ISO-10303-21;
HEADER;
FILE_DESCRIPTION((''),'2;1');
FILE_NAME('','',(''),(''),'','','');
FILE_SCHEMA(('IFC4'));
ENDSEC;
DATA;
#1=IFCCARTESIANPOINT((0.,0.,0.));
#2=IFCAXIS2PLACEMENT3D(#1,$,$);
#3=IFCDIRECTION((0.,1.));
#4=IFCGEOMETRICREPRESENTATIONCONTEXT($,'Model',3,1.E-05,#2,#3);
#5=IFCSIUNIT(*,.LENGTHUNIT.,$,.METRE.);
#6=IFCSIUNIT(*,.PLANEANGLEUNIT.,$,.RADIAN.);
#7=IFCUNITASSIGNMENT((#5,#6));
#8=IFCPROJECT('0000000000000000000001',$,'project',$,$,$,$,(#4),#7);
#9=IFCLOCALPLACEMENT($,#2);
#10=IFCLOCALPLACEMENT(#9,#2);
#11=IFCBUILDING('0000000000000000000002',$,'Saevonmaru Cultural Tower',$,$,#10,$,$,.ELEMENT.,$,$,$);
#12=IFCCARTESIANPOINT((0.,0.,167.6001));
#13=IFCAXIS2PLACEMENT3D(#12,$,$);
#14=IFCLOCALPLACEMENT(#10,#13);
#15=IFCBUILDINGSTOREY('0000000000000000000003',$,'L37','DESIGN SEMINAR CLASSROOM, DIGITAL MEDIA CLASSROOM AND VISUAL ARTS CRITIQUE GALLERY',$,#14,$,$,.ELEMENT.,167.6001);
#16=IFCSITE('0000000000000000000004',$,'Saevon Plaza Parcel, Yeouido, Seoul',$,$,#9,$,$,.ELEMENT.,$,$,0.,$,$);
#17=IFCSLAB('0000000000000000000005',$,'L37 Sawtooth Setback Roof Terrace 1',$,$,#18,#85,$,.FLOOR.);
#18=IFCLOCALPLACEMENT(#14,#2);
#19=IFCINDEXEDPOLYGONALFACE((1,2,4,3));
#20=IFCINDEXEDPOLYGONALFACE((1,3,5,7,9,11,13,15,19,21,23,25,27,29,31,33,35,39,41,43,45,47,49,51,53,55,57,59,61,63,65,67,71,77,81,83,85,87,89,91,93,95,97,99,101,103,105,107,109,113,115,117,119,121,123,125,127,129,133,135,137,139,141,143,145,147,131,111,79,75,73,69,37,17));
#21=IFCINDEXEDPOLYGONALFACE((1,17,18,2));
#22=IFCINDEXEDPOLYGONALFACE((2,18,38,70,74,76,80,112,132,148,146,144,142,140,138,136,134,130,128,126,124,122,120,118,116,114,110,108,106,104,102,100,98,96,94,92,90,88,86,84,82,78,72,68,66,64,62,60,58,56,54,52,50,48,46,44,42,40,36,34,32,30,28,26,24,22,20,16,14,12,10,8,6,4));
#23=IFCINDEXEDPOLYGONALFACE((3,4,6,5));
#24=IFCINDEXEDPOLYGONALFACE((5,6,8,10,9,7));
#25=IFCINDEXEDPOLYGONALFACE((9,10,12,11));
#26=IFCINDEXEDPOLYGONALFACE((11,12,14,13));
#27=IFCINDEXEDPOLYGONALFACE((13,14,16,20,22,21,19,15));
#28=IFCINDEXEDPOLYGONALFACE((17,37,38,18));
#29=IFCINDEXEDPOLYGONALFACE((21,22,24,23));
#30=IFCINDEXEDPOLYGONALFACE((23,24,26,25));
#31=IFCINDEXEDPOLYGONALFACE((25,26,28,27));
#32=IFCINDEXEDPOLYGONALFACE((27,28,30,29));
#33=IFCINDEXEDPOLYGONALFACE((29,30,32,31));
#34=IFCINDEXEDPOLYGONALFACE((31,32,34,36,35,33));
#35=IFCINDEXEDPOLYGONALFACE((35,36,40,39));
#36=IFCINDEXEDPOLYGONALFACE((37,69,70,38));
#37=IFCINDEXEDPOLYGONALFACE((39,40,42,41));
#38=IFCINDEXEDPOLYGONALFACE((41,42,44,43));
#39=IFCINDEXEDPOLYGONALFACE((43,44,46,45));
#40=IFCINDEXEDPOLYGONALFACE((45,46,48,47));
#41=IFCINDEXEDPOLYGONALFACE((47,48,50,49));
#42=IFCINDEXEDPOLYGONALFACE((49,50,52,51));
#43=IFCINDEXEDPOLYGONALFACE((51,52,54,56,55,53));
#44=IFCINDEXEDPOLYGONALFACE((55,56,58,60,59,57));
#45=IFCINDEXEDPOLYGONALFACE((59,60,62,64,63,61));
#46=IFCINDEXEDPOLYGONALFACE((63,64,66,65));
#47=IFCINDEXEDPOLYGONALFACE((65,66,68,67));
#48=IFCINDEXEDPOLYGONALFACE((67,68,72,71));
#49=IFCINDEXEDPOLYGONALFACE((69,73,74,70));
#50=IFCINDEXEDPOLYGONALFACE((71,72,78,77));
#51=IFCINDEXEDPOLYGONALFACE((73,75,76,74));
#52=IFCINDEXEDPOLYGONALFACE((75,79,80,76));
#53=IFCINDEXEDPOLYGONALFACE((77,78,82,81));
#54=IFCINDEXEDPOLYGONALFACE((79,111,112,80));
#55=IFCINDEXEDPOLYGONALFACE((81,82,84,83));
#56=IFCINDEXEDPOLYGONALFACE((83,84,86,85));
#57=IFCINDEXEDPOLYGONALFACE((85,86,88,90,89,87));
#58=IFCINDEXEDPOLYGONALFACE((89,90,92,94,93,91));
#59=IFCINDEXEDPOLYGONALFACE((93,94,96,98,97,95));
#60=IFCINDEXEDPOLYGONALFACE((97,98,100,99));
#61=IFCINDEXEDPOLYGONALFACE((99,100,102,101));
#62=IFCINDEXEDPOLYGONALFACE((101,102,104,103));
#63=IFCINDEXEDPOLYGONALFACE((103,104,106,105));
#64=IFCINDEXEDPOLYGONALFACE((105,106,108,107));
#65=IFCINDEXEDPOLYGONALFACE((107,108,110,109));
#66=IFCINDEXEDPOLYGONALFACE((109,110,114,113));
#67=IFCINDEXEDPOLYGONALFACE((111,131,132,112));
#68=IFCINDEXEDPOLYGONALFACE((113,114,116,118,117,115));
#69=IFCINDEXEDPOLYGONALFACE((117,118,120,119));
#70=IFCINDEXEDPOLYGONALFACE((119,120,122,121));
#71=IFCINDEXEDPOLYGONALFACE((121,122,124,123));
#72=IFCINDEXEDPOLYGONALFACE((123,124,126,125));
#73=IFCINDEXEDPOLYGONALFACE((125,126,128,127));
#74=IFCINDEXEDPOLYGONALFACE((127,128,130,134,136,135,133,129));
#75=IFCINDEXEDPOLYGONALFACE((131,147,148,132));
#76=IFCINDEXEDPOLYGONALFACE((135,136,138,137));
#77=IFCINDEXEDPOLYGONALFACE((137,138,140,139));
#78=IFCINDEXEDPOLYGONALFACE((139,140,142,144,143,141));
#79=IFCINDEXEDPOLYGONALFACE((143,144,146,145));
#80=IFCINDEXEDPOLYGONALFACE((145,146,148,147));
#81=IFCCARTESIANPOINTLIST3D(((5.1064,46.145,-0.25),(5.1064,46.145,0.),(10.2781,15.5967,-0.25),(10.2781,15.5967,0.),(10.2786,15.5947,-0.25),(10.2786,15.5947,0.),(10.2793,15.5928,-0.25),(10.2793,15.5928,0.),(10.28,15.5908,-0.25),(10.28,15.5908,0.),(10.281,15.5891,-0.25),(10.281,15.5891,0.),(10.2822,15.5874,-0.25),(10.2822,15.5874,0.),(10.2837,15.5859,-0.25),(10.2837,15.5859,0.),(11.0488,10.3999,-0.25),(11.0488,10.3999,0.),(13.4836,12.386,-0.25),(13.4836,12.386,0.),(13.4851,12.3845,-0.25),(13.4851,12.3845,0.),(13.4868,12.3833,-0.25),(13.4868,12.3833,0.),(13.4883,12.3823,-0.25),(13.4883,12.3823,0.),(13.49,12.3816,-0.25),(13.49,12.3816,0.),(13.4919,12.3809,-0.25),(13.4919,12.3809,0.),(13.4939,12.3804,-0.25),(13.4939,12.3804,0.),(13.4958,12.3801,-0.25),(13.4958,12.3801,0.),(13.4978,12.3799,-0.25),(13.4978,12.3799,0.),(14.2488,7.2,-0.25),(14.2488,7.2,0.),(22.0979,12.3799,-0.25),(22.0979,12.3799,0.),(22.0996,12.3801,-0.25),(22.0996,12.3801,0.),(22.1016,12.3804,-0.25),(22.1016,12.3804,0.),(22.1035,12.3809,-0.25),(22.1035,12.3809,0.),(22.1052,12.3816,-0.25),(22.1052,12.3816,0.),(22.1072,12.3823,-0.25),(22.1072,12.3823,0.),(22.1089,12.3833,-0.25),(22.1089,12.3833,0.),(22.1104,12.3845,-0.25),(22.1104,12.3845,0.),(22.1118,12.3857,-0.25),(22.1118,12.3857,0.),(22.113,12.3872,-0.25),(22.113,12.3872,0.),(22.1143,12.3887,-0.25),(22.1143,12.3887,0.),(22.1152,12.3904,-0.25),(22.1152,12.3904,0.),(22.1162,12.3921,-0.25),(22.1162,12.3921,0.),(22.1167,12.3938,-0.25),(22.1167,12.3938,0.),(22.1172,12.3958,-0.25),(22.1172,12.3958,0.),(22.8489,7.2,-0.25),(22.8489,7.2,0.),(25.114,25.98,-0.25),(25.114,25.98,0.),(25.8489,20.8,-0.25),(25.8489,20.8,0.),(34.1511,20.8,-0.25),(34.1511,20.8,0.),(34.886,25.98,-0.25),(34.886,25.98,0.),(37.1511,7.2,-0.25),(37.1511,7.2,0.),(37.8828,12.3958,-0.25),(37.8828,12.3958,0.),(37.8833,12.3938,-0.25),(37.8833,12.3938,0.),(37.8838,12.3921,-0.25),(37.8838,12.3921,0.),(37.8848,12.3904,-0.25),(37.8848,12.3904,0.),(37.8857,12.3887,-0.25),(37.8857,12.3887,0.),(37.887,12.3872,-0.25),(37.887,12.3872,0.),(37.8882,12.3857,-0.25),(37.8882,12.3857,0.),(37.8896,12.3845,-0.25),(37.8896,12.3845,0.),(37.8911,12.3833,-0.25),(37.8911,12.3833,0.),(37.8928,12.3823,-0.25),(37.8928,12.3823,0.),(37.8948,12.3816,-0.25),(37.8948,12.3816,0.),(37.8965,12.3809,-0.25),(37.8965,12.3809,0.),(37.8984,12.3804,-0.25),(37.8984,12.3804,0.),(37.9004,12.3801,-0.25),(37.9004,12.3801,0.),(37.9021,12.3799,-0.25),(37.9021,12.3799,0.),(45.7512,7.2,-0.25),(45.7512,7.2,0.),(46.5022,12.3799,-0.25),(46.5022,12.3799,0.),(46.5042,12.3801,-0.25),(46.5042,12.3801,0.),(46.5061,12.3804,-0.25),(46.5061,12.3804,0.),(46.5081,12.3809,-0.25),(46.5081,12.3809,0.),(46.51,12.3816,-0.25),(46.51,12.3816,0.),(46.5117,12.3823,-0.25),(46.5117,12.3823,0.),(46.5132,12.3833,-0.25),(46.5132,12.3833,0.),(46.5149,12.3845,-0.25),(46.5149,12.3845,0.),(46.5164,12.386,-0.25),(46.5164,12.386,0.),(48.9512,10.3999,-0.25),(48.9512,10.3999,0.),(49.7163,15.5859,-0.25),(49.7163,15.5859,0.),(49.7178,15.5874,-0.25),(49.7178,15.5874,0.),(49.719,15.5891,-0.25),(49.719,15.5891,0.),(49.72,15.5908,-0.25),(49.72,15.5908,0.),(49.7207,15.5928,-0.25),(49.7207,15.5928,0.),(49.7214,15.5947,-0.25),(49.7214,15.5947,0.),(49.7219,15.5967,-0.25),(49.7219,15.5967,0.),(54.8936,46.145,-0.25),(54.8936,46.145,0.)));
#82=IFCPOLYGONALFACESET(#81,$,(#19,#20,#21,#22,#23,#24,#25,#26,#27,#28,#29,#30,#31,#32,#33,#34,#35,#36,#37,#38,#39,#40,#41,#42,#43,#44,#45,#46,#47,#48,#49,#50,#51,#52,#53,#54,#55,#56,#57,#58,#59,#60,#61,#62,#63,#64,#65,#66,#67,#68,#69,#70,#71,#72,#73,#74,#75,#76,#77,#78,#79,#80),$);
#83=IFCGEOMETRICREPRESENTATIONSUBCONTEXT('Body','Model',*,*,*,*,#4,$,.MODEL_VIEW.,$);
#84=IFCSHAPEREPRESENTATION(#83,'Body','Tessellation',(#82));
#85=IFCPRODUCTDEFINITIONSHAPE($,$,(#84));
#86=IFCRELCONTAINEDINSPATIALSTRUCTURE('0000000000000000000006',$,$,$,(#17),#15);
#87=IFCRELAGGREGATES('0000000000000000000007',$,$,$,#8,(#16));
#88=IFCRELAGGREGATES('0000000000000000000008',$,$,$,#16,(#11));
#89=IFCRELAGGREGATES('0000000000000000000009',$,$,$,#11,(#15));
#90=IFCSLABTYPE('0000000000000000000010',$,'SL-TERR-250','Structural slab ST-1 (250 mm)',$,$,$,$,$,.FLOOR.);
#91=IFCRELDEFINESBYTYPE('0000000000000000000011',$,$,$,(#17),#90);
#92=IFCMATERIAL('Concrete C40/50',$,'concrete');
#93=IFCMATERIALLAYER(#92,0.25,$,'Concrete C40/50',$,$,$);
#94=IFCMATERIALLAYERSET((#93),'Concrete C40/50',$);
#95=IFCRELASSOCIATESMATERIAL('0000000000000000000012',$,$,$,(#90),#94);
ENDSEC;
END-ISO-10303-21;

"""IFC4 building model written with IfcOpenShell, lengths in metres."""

from ifc_helpers import new_model, si_unit, direction, frame, origin, place, context, subcontext, project, spatial, polyline, outline, extrude, material, layer, layer_set, type_object, element, save


model = new_model("IFC4")

# Units and contexts
model_context = context("Model", 3, precision=1e-05, world=origin(), true_north=direction((0.0, 1.0)))
body_context = subcontext(model_context, "Body", "Model", "MODEL_VIEW")
ifc_project = project(units=[si_unit("LENGTHUNIT", "METRE"), si_unit("PLANEANGLEUNIT", "RADIAN")], contexts=[model_context])

# Site, building, storey
site_placement = place(None, origin())
site = spatial("IfcSite", under=ifc_project, at=site_placement, Name="Saevon Plaza Parcel, Yeouido, Seoul", CompositionType="ELEMENT", RefElevation=0.0)
building_placement = place(site_placement, origin())
building = spatial("IfcBuilding", under=site, at=building_placement, Name="Saevonmaru Cultural Tower", CompositionType="ELEMENT")
storey_placement = place(building_placement, frame((0.0, 0.0, 167.6001)))
storey = spatial("IfcBuildingStorey", under=building, at=storey_placement, Name="L37", Description="DESIGN SEMINAR CLASSROOM, DIGITAL MEDIA CLASSROOM AND VISUAL ARTS CRITIQUE GALLERY", CompositionType="ELEMENT", Elevation=167.6001)

# Shared definitions
ifc_material_1 = material(Name="Concrete C40/50", Category="concrete")

# Slab
ifc_layer_1 = layer(ifc_material_1, 0.25, Name="Concrete C40/50")
ifc_layer_set_1 = layer_set([ifc_layer_1], Name="Concrete C40/50")
slab_type_1 = type_object("IfcSlabType", Name="SL-TERR-250", Description="Structural slab ST-1 (250 mm)", PredefinedType="FLOOR", material=ifc_layer_set_1)
slab_1_placement = place(storey_placement, frame((0.0, 0.0, -0.25)))
element("IfcSlab", 1, at=slab_1_placement, inside=storey, type_object=slab_type_1, Name="L37 Sawtooth Setback Roof Terrace 1", PredefinedType="FLOOR", context=body_context, shape_type="SweptSolid", body=[
    extrude(outline(polyline([(54.8936, 46.145), (49.7219, 15.5967), (49.7214, 15.5947), (49.7207, 15.5928), (49.72, 15.5908), (49.719, 15.5891), (49.7178, 15.5874), (49.7163, 15.5859), (46.5164, 12.386), (46.5149, 12.3845), (46.5132, 12.3833), (46.5117, 12.3823), (46.51, 12.3816), (46.5081, 12.3809), (46.5061, 12.3804), (46.5042, 12.3801), (46.5022, 12.3799), (37.9021, 12.3799), (37.9004, 12.3801), (37.8984, 12.3804), (37.8965, 12.3809), (37.8948, 12.3816), (37.8928, 12.3823), (37.8911, 12.3833), (37.8896, 12.3845), (37.8882, 12.3857), (37.887, 12.3872), (37.8857, 12.3887), (37.8848, 12.3904), (37.8838, 12.3921), (37.8833, 12.3938), (37.8828, 12.3958), (34.886, 25.98), (25.114, 25.98), (22.1172, 12.3958), (22.1167, 12.3938), (22.1162, 12.3921), (22.1152, 12.3904), (22.1143, 12.3887), (22.113, 12.3872), (22.1118, 12.3857), (22.1104, 12.3845), (22.1089, 12.3833), (22.1072, 12.3823), (22.1052, 12.3816), (22.1035, 12.3809), (22.1016, 12.3804), (22.0996, 12.3801), (22.0979, 12.3799), (13.4978, 12.3799), (13.4958, 12.3801), (13.4939, 12.3804), (13.4919, 12.3809), (13.49, 12.3816), (13.4883, 12.3823), (13.4868, 12.3833), (13.4851, 12.3845), (13.4836, 12.386), (10.2837, 15.5859), (10.2822, 15.5874), (10.281, 15.5891), (10.28, 15.5908), (10.2793, 15.5928), (10.2786, 15.5947), (10.2781, 15.5967), (5.1064, 46.145), (11.0488, 10.3999), (14.2488, 7.2), (22.8489, 7.2), (25.8489, 20.8), (34.1511, 20.8), (37.1511, 7.2), (45.7512, 7.2), (48.9512, 10.3999), (54.8936, 46.145)])), origin(), (0.0, 0.0, 1.0), 0.25),
])

save(model, "model.ifc")
